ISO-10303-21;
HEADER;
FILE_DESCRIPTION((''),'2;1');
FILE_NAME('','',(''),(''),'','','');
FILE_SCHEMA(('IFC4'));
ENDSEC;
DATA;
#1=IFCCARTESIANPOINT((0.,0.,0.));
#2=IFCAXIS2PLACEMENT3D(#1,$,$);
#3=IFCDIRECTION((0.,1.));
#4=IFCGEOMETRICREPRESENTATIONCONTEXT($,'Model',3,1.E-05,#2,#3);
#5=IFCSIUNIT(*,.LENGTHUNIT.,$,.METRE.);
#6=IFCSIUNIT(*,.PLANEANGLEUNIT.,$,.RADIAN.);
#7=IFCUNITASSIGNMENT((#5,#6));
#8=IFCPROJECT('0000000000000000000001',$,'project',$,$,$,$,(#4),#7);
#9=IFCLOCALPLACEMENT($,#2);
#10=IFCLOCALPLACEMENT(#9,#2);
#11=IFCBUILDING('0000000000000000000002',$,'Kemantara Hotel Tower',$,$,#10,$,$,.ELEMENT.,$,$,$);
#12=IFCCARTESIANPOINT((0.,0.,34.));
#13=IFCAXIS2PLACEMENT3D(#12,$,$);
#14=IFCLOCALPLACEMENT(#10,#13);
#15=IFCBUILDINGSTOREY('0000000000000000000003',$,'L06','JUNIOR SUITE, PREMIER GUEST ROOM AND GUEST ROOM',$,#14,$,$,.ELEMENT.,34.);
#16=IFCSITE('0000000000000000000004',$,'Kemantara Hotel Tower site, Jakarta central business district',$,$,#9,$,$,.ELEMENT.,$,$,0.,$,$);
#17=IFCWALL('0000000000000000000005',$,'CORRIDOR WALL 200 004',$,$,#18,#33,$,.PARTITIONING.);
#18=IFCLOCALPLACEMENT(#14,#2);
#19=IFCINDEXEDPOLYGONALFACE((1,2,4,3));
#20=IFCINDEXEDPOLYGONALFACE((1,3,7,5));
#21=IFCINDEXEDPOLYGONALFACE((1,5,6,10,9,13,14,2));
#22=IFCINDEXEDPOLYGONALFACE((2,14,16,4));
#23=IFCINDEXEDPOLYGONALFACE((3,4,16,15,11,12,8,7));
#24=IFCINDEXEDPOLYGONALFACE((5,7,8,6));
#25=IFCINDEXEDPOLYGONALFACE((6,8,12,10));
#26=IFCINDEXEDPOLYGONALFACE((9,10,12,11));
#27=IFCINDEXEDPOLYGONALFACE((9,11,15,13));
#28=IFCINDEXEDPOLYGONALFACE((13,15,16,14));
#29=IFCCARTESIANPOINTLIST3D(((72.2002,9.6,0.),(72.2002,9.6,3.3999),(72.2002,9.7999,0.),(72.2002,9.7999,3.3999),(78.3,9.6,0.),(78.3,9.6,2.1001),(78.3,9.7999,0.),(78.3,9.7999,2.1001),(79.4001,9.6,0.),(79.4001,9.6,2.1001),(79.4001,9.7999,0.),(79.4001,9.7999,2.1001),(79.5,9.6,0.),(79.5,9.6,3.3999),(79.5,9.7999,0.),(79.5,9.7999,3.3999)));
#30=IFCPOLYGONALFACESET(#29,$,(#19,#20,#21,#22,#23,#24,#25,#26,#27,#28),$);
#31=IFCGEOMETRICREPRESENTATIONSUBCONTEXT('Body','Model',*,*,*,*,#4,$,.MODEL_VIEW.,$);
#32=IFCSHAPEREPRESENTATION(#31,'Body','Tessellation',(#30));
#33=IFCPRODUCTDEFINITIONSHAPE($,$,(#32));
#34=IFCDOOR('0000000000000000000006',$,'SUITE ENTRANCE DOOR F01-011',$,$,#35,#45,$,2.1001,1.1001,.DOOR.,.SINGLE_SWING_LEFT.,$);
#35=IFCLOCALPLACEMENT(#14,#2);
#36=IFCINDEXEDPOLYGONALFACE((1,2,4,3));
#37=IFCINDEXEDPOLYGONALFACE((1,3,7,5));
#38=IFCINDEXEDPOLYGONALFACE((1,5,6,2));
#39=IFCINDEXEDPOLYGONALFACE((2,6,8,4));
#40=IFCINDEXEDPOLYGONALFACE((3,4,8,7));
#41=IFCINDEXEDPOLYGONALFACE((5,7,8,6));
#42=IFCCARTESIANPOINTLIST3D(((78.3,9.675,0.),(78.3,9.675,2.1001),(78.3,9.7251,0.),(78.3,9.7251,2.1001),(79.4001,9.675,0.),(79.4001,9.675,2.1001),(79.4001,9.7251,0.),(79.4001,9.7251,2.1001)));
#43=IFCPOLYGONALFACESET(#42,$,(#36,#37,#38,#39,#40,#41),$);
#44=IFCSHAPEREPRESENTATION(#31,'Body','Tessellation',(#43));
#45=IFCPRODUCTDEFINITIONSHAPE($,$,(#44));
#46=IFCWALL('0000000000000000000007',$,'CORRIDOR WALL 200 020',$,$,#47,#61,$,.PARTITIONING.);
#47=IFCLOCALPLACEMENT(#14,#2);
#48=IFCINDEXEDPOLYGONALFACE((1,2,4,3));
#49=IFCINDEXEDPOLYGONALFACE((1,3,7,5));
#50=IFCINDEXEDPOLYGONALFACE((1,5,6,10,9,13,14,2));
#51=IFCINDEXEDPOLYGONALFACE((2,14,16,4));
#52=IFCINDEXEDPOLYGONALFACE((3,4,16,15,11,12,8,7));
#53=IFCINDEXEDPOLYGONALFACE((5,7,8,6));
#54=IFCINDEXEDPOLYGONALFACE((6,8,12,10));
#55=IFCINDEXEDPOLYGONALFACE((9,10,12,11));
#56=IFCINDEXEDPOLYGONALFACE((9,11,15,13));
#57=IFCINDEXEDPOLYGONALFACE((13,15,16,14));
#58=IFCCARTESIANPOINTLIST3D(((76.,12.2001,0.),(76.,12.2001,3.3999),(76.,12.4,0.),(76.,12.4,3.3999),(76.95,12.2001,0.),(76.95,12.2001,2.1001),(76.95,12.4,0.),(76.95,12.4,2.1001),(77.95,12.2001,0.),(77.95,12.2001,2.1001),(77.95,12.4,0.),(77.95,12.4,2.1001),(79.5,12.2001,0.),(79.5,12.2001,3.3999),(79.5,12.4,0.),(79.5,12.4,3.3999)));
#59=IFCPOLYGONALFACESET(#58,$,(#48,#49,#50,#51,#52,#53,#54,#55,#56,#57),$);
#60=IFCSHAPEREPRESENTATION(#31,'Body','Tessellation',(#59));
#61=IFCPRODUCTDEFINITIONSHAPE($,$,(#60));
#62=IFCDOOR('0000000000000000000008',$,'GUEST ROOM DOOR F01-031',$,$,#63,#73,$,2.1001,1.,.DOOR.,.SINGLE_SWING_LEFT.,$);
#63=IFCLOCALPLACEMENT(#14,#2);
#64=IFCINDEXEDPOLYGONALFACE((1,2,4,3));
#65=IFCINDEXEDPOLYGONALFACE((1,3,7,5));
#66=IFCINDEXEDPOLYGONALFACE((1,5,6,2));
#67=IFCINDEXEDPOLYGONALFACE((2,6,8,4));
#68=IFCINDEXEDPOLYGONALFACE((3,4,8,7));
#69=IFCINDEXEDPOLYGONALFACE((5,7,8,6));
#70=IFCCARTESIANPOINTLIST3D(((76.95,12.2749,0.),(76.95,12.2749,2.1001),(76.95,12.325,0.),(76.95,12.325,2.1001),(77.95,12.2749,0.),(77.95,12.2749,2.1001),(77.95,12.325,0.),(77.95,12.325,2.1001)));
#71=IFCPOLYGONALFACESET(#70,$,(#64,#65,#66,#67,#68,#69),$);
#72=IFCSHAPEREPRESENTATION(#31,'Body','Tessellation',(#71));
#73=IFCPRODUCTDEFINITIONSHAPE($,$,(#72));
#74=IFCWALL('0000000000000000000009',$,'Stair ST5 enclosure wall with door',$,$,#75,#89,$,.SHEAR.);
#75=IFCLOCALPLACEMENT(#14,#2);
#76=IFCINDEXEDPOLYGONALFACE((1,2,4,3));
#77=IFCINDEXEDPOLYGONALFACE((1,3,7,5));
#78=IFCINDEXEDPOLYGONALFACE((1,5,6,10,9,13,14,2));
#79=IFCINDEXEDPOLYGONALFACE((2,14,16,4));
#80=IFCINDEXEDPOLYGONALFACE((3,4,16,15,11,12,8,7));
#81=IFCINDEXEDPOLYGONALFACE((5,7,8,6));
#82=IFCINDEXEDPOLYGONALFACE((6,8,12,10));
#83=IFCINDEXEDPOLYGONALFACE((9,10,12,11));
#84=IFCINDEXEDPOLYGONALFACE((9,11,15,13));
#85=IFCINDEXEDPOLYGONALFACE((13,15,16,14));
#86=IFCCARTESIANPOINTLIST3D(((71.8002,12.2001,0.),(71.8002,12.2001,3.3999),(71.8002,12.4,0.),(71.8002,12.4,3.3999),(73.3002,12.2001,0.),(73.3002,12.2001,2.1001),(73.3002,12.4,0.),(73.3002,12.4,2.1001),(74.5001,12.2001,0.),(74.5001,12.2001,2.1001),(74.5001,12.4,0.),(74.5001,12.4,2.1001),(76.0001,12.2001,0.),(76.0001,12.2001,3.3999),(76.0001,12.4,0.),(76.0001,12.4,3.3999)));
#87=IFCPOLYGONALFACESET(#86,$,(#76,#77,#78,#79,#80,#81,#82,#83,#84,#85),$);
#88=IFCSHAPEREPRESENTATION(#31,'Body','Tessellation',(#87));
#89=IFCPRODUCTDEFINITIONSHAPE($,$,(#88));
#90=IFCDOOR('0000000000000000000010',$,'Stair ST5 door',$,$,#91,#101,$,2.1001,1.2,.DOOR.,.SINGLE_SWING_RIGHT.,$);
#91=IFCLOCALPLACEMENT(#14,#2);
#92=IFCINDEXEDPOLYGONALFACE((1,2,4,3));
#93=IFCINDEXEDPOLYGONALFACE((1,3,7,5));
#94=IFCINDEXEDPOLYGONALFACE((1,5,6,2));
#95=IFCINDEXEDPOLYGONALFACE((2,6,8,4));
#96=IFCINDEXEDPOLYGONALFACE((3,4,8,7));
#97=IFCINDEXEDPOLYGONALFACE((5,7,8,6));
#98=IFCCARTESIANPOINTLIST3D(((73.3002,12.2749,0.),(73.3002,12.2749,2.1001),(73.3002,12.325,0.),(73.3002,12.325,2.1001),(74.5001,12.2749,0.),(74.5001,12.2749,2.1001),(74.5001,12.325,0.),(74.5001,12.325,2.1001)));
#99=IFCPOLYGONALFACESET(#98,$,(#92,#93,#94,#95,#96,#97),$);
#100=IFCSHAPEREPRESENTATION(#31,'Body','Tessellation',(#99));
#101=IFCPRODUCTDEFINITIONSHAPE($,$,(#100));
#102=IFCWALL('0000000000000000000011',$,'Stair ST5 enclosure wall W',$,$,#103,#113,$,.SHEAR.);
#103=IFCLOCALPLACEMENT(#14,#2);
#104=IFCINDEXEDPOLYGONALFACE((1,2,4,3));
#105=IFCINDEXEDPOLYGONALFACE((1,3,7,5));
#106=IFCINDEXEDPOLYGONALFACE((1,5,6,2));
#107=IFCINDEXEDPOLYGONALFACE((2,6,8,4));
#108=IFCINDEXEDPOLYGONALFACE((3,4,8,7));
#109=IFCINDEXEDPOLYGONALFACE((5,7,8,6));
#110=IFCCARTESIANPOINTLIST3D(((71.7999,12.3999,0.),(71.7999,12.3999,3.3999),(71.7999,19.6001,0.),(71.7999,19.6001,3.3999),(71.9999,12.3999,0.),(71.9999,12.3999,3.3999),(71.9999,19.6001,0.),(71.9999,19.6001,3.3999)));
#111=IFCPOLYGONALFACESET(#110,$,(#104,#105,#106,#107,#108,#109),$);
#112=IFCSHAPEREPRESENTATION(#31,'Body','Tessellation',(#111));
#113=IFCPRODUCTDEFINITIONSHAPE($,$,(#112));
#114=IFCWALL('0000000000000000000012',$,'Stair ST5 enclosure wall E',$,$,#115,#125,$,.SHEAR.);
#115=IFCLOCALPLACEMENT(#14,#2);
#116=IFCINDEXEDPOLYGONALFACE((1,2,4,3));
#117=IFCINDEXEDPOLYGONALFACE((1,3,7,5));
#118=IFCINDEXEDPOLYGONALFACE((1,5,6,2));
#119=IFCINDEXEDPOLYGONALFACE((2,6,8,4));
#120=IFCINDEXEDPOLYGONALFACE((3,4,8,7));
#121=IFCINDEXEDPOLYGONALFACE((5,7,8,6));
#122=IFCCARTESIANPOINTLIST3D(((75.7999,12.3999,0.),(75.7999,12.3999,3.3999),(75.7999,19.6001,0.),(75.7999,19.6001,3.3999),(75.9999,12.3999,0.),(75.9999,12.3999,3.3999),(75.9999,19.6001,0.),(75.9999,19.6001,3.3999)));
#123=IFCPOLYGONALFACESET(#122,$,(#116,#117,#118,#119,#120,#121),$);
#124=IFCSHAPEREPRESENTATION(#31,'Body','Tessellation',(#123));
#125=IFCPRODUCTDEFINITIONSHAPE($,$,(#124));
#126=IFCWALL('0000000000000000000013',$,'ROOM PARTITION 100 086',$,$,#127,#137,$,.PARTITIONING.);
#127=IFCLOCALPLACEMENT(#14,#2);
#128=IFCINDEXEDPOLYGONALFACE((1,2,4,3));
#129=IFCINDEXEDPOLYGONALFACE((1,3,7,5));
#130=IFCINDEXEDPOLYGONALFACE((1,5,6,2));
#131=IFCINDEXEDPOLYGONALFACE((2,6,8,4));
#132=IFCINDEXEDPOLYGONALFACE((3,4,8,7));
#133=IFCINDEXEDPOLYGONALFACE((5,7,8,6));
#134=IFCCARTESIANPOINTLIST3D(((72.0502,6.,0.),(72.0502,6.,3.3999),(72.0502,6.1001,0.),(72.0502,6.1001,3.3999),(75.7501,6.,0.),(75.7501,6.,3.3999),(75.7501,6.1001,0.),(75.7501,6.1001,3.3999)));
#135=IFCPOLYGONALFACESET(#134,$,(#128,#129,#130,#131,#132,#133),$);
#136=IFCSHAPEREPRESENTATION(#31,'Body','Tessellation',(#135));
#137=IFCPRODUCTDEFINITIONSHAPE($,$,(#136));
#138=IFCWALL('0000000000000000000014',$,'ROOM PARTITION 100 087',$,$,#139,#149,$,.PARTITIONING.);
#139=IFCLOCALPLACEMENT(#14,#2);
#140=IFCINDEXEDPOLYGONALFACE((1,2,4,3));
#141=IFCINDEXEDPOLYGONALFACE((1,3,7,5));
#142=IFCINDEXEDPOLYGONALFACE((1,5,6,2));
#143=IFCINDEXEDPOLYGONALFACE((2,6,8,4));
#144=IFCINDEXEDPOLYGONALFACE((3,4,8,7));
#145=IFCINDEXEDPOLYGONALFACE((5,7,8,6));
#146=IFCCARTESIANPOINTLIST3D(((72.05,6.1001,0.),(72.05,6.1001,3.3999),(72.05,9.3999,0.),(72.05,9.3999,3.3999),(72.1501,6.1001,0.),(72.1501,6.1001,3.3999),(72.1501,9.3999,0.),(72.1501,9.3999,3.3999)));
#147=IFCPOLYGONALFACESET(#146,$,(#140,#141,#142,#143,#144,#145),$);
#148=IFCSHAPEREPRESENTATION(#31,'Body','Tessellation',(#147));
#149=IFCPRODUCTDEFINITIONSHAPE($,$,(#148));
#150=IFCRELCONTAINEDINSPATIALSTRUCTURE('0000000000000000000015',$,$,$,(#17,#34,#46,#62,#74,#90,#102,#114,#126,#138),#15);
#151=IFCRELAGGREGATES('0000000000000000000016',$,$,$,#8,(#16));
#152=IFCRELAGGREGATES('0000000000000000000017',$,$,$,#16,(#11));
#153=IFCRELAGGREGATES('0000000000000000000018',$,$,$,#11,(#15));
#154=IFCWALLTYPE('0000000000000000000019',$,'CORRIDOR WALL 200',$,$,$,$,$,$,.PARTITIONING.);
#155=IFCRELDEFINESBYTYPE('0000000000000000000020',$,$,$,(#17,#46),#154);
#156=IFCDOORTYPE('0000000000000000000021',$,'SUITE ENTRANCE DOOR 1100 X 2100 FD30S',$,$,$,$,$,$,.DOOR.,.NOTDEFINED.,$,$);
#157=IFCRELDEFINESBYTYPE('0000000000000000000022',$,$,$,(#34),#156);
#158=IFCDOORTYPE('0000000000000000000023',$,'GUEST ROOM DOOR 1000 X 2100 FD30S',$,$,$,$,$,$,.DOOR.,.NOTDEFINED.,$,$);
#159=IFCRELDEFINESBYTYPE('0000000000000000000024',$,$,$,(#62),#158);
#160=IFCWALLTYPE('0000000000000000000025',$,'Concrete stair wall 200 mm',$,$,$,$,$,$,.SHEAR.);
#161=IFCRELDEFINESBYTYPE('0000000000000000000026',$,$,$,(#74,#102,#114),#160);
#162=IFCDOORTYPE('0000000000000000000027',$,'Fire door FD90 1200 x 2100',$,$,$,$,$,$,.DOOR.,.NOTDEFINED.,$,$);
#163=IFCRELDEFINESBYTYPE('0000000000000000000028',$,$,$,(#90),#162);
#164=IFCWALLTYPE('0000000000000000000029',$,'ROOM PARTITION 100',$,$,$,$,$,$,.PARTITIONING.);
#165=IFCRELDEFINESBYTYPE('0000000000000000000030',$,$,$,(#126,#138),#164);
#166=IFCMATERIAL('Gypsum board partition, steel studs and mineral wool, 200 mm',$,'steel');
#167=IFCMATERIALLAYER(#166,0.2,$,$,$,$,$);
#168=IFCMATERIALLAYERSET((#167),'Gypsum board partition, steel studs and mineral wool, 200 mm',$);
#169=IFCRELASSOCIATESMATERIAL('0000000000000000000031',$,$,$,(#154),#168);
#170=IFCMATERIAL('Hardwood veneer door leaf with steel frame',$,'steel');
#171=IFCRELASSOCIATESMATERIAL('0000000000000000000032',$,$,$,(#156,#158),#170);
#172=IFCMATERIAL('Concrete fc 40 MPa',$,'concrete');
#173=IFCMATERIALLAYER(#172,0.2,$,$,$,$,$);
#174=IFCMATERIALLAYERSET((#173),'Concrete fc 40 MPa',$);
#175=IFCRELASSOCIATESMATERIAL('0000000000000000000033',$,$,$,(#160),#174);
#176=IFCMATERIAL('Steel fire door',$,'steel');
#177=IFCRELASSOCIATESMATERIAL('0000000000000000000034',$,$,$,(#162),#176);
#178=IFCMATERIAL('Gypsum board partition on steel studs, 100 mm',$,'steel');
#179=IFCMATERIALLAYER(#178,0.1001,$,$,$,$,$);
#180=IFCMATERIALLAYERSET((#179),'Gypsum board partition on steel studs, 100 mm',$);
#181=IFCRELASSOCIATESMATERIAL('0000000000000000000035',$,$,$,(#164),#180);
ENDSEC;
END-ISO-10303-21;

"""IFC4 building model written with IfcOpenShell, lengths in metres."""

from ifc_helpers import new_model, si_unit, direction, frame, frame_2d, origin, place, context, subcontext, project, spatial, rectangle, extrude, material, layer, layer_set, type_object, element, fill, save


model = new_model("IFC4")

# Units and contexts
model_context = context("Model", 3, precision=1e-05, world=origin(), true_north=direction((0.0, 1.0)))
body_context = subcontext(model_context, "Body", "Model", "MODEL_VIEW")
ifc_project = project(units=[si_unit("LENGTHUNIT", "METRE"), si_unit("PLANEANGLEUNIT", "RADIAN")], contexts=[model_context])

# Site, building, storey
site_placement = place(None, origin())
site = spatial("IfcSite", under=ifc_project, at=site_placement, Name="Kemantara Hotel Tower site, Jakarta central business district", CompositionType="ELEMENT", RefElevation=0.0)
building_placement = place(site_placement, origin())
building = spatial("IfcBuilding", under=site, at=building_placement, Name="Kemantara Hotel Tower", CompositionType="ELEMENT")
storey_placement = place(building_placement, frame((0.0, 0.0, 34.0)))
storey = spatial("IfcBuildingStorey", under=building, at=storey_placement, Name="L06", Description="JUNIOR SUITE, PREMIER GUEST ROOM AND GUEST ROOM", CompositionType="ELEMENT", Elevation=34.0)

# Walls, openings, doors
ifc_material_1 = material(Name="Gypsum board partition, steel studs and mineral wool, 200 mm", Category="steel")
ifc_layer_1 = layer(ifc_material_1, 0.2)
ifc_layer_set_1 = layer_set([ifc_layer_1], Name="Gypsum board partition, steel studs and mineral wool, 200 mm")
wall_type_1 = type_object("IfcWallType", Name="CORRIDOR WALL 200", PredefinedType="PARTITIONING", material=ifc_layer_set_1)
wall_1_placement = place(storey_placement, frame((79.5, 9.7, 0.0), z_axis=(0.0, 0.0, 1.0), x_axis=(-1.0, 0.0, 0.0)))
wall_1 = element("IfcWall", 1, at=wall_1_placement, inside=storey, type_object=wall_type_1, Name="CORRIDOR WALL 200 004", PredefinedType="PARTITIONING", context=body_context, shape_type="SweptSolid", body=[
    extrude(rectangle(XDim=7.2998, YDim=0.2, at=frame_2d((3.6499, 0.0))), origin(), (0.0, 0.0, 1.0), 3.3999),
])
opening_1_placement = place(wall_1_placement, frame((0.0999, 0.0, 0.0)))
opening_1 = element("IfcOpeningElement", 2, at=opening_1_placement, cuts=wall_1, PredefinedType="OPENING", context=body_context, shape_type="SweptSolid", body=[
    extrude(rectangle(XDim=1.1001, YDim=2.1001, at=frame_2d((0.55, 1.05))), frame((0.0, 0.1099, 0.0), z_axis=(0.0, -1.0, 0.0), x_axis=(1.0, 0.0, 0.0)), (0.0, 0.0, 1.0), 0.22),
])
ifc_material_2 = material(Name="Hardwood veneer door leaf with steel frame", Category="steel")
door_type_1 = type_object("IfcDoorType", Name="SUITE ENTRANCE DOOR 1100 X 2100 FD30S", OperationType="NOTDEFINED", PredefinedType="DOOR", material=ifc_material_2)
door_1_placement = place(opening_1_placement, origin())
door_1 = element("IfcDoor", 3, at=door_1_placement, inside=storey, type_object=door_type_1, Name="SUITE ENTRANCE DOOR F01-011", OperationType="SINGLE_SWING_LEFT", OverallHeight=2.1001, OverallWidth=1.1001, PredefinedType="DOOR", context=body_context, shape_type="SweptSolid", body=[
    extrude(rectangle(XDim=1.1001, YDim=2.1001, at=frame_2d((0.55, 1.05))), frame((0.0, 0.0249, 0.0), z_axis=(0.0, -1.0, 0.0), x_axis=(1.0, 0.0, 0.0)), (0.0, 0.0, 1.0), 0.05),
])
fill(opening_1, door_1)
wall_2_placement = place(storey_placement, frame((76.0, 12.3, 0.0), z_axis=(0.0, 0.0, 1.0), x_axis=(1.0, 0.0, 0.0)))
wall_2 = element("IfcWall", 4, at=wall_2_placement, inside=storey, type_object=wall_type_1, Name="CORRIDOR WALL 200 020", PredefinedType="PARTITIONING", context=body_context, shape_type="SweptSolid", body=[
    extrude(rectangle(XDim=3.5, YDim=0.2, at=frame_2d((1.75, 0.0))), origin(), (0.0, 0.0, 1.0), 3.3999),
])
opening_2_placement = place(wall_2_placement, frame((0.95, 0.0, 0.0)))
opening_2 = element("IfcOpeningElement", 5, at=opening_2_placement, cuts=wall_2, PredefinedType="OPENING", context=body_context, shape_type="SweptSolid", body=[
    extrude(rectangle(XDim=1.0, YDim=2.1001, at=frame_2d((0.5, 1.05))), frame((0.0, 0.1099, 0.0), z_axis=(0.0, -1.0, 0.0), x_axis=(1.0, 0.0, 0.0)), (0.0, 0.0, 1.0), 0.22),
])
door_type_2 = type_object("IfcDoorType", Name="GUEST ROOM DOOR 1000 X 2100 FD30S", OperationType="NOTDEFINED", PredefinedType="DOOR", material=ifc_material_2)
door_2_placement = place(opening_2_placement, origin())
door_2 = element("IfcDoor", 6, at=door_2_placement, inside=storey, type_object=door_type_2, Name="GUEST ROOM DOOR F01-031", OperationType="SINGLE_SWING_LEFT", OverallHeight=2.1001, OverallWidth=1.0, PredefinedType="DOOR", context=body_context, shape_type="SweptSolid", body=[
    extrude(rectangle(XDim=1.0, YDim=2.1001, at=frame_2d((0.5, 1.05))), frame((0.0, 0.0249, 0.0), z_axis=(0.0, -1.0, 0.0), x_axis=(1.0, 0.0, 0.0)), (0.0, 0.0, 1.0), 0.05),
])
fill(opening_2, door_2)
ifc_material_3 = material(Name="Concrete fc 40 MPa", Category="concrete")
ifc_layer_2 = layer(ifc_material_3, 0.2)
ifc_layer_set_2 = layer_set([ifc_layer_2], Name="Concrete fc 40 MPa")
wall_type_2 = type_object("IfcWallType", Name="Concrete stair wall 200 mm", PredefinedType="SHEAR", material=ifc_layer_set_2)
wall_3_placement = place(storey_placement, frame((71.8, 12.3, 0.0), z_axis=(0.0, 0.0, 1.0), x_axis=(1.0, 0.0, 0.0)))
wall_3 = element("IfcWall", 7, at=wall_3_placement, inside=storey, type_object=wall_type_2, Name="Stair ST5 enclosure wall with door", PredefinedType="SHEAR", context=body_context, shape_type="SweptSolid", body=[
    extrude(rectangle(XDim=4.2, YDim=0.2, at=frame_2d((2.1001, 0.0))), origin(), (0.0, 0.0, 1.0), 3.3999),
])
opening_3_placement = place(wall_3_placement, frame((1.5, 0.0, 0.0)))
opening_3 = element("IfcOpeningElement", 8, at=opening_3_placement, cuts=wall_3, PredefinedType="OPENING", context=body_context, shape_type="SweptSolid", body=[
    extrude(rectangle(XDim=1.2, YDim=2.1001, at=frame_2d((0.6001, 1.05))), frame((0.0, 0.1099, 0.0), z_axis=(0.0, -1.0, 0.0), x_axis=(1.0, 0.0, 0.0)), (0.0, 0.0, 1.0), 0.22),
])
ifc_material_4 = material(Name="Steel fire door", Category="steel")
door_type_3 = type_object("IfcDoorType", Name="Fire door FD90 1200 x 2100", OperationType="NOTDEFINED", PredefinedType="DOOR", material=ifc_material_4)
door_3_placement = place(opening_3_placement, origin())
door_3 = element("IfcDoor", 9, at=door_3_placement, inside=storey, type_object=door_type_3, Name="Stair ST5 door", OperationType="SINGLE_SWING_RIGHT", OverallHeight=2.1001, OverallWidth=1.2, PredefinedType="DOOR", context=body_context, shape_type="SweptSolid", body=[
    extrude(rectangle(XDim=1.2, YDim=2.1001, at=frame_2d((0.6001, 1.05))), frame((0.0, 0.0249, 0.0), z_axis=(0.0, -1.0, 0.0), x_axis=(1.0, 0.0, 0.0)), (0.0, 0.0, 1.0), 0.05),
])
fill(opening_3, door_3)

# Walls
for number, where, z_axis, x_axis, name in (
    (10, (71.8999, 12.3999, 0.0), (0.0, 0.0, 1.0), (0.0, 1.0, 0.0), "Stair ST5 enclosure wall W"),
    (11, (75.8999, 12.3999, 0.0), (0.0, 0.0, 1.0), (0.0, 1.0, 0.0), "Stair ST5 enclosure wall E"),
):
    element("IfcWall", number, at=place(storey_placement, frame(where, z_axis=z_axis, x_axis=x_axis)), inside=storey, type_object=wall_type_2, Name=name, PredefinedType="SHEAR", context=body_context, shape_type="SweptSolid", body=[
        extrude(rectangle(XDim=7.2002, YDim=0.2, at=frame_2d((3.6001, 0.0))), origin(), (0.0, 0.0, 1.0), 3.3999),
    ])
ifc_material_5 = material(Name="Gypsum board partition on steel studs, 100 mm", Category="steel")
ifc_layer_3 = layer(ifc_material_5, 0.1001)
ifc_layer_set_3 = layer_set([ifc_layer_3], Name="Gypsum board partition on steel studs, 100 mm")
wall_type_3 = type_object("IfcWallType", Name="ROOM PARTITION 100", PredefinedType="PARTITIONING", material=ifc_layer_set_3)
wall_4_placement = place(storey_placement, frame((72.05, 6.05, 0.0), z_axis=(0.0, 0.0, 1.0), x_axis=(1.0, 0.0, 0.0)))
element("IfcWall", 12, at=wall_4_placement, inside=storey, type_object=wall_type_3, Name="ROOM PARTITION 100 086", PredefinedType="PARTITIONING", context=body_context, shape_type="SweptSolid", body=[
    extrude(rectangle(XDim=3.7, YDim=0.1001, at=frame_2d((1.8501, 0.0))), origin(), (0.0, 0.0, 1.0), 3.3999),
])
wall_5_placement = place(storey_placement, frame((72.1001, 6.1001, 0.0), z_axis=(0.0, 0.0, 1.0), x_axis=(0.0, 1.0, 0.0)))
element("IfcWall", 13, at=wall_5_placement, inside=storey, type_object=wall_type_3, Name="ROOM PARTITION 100 087", PredefinedType="PARTITIONING", context=body_context, shape_type="SweptSolid", body=[
    extrude(rectangle(XDim=3.2998, YDim=0.1001, at=frame_2d((1.6499, 0.0))), origin(), (0.0, 0.0, 1.0), 3.3999),
])

save(model, "model.ifc")
